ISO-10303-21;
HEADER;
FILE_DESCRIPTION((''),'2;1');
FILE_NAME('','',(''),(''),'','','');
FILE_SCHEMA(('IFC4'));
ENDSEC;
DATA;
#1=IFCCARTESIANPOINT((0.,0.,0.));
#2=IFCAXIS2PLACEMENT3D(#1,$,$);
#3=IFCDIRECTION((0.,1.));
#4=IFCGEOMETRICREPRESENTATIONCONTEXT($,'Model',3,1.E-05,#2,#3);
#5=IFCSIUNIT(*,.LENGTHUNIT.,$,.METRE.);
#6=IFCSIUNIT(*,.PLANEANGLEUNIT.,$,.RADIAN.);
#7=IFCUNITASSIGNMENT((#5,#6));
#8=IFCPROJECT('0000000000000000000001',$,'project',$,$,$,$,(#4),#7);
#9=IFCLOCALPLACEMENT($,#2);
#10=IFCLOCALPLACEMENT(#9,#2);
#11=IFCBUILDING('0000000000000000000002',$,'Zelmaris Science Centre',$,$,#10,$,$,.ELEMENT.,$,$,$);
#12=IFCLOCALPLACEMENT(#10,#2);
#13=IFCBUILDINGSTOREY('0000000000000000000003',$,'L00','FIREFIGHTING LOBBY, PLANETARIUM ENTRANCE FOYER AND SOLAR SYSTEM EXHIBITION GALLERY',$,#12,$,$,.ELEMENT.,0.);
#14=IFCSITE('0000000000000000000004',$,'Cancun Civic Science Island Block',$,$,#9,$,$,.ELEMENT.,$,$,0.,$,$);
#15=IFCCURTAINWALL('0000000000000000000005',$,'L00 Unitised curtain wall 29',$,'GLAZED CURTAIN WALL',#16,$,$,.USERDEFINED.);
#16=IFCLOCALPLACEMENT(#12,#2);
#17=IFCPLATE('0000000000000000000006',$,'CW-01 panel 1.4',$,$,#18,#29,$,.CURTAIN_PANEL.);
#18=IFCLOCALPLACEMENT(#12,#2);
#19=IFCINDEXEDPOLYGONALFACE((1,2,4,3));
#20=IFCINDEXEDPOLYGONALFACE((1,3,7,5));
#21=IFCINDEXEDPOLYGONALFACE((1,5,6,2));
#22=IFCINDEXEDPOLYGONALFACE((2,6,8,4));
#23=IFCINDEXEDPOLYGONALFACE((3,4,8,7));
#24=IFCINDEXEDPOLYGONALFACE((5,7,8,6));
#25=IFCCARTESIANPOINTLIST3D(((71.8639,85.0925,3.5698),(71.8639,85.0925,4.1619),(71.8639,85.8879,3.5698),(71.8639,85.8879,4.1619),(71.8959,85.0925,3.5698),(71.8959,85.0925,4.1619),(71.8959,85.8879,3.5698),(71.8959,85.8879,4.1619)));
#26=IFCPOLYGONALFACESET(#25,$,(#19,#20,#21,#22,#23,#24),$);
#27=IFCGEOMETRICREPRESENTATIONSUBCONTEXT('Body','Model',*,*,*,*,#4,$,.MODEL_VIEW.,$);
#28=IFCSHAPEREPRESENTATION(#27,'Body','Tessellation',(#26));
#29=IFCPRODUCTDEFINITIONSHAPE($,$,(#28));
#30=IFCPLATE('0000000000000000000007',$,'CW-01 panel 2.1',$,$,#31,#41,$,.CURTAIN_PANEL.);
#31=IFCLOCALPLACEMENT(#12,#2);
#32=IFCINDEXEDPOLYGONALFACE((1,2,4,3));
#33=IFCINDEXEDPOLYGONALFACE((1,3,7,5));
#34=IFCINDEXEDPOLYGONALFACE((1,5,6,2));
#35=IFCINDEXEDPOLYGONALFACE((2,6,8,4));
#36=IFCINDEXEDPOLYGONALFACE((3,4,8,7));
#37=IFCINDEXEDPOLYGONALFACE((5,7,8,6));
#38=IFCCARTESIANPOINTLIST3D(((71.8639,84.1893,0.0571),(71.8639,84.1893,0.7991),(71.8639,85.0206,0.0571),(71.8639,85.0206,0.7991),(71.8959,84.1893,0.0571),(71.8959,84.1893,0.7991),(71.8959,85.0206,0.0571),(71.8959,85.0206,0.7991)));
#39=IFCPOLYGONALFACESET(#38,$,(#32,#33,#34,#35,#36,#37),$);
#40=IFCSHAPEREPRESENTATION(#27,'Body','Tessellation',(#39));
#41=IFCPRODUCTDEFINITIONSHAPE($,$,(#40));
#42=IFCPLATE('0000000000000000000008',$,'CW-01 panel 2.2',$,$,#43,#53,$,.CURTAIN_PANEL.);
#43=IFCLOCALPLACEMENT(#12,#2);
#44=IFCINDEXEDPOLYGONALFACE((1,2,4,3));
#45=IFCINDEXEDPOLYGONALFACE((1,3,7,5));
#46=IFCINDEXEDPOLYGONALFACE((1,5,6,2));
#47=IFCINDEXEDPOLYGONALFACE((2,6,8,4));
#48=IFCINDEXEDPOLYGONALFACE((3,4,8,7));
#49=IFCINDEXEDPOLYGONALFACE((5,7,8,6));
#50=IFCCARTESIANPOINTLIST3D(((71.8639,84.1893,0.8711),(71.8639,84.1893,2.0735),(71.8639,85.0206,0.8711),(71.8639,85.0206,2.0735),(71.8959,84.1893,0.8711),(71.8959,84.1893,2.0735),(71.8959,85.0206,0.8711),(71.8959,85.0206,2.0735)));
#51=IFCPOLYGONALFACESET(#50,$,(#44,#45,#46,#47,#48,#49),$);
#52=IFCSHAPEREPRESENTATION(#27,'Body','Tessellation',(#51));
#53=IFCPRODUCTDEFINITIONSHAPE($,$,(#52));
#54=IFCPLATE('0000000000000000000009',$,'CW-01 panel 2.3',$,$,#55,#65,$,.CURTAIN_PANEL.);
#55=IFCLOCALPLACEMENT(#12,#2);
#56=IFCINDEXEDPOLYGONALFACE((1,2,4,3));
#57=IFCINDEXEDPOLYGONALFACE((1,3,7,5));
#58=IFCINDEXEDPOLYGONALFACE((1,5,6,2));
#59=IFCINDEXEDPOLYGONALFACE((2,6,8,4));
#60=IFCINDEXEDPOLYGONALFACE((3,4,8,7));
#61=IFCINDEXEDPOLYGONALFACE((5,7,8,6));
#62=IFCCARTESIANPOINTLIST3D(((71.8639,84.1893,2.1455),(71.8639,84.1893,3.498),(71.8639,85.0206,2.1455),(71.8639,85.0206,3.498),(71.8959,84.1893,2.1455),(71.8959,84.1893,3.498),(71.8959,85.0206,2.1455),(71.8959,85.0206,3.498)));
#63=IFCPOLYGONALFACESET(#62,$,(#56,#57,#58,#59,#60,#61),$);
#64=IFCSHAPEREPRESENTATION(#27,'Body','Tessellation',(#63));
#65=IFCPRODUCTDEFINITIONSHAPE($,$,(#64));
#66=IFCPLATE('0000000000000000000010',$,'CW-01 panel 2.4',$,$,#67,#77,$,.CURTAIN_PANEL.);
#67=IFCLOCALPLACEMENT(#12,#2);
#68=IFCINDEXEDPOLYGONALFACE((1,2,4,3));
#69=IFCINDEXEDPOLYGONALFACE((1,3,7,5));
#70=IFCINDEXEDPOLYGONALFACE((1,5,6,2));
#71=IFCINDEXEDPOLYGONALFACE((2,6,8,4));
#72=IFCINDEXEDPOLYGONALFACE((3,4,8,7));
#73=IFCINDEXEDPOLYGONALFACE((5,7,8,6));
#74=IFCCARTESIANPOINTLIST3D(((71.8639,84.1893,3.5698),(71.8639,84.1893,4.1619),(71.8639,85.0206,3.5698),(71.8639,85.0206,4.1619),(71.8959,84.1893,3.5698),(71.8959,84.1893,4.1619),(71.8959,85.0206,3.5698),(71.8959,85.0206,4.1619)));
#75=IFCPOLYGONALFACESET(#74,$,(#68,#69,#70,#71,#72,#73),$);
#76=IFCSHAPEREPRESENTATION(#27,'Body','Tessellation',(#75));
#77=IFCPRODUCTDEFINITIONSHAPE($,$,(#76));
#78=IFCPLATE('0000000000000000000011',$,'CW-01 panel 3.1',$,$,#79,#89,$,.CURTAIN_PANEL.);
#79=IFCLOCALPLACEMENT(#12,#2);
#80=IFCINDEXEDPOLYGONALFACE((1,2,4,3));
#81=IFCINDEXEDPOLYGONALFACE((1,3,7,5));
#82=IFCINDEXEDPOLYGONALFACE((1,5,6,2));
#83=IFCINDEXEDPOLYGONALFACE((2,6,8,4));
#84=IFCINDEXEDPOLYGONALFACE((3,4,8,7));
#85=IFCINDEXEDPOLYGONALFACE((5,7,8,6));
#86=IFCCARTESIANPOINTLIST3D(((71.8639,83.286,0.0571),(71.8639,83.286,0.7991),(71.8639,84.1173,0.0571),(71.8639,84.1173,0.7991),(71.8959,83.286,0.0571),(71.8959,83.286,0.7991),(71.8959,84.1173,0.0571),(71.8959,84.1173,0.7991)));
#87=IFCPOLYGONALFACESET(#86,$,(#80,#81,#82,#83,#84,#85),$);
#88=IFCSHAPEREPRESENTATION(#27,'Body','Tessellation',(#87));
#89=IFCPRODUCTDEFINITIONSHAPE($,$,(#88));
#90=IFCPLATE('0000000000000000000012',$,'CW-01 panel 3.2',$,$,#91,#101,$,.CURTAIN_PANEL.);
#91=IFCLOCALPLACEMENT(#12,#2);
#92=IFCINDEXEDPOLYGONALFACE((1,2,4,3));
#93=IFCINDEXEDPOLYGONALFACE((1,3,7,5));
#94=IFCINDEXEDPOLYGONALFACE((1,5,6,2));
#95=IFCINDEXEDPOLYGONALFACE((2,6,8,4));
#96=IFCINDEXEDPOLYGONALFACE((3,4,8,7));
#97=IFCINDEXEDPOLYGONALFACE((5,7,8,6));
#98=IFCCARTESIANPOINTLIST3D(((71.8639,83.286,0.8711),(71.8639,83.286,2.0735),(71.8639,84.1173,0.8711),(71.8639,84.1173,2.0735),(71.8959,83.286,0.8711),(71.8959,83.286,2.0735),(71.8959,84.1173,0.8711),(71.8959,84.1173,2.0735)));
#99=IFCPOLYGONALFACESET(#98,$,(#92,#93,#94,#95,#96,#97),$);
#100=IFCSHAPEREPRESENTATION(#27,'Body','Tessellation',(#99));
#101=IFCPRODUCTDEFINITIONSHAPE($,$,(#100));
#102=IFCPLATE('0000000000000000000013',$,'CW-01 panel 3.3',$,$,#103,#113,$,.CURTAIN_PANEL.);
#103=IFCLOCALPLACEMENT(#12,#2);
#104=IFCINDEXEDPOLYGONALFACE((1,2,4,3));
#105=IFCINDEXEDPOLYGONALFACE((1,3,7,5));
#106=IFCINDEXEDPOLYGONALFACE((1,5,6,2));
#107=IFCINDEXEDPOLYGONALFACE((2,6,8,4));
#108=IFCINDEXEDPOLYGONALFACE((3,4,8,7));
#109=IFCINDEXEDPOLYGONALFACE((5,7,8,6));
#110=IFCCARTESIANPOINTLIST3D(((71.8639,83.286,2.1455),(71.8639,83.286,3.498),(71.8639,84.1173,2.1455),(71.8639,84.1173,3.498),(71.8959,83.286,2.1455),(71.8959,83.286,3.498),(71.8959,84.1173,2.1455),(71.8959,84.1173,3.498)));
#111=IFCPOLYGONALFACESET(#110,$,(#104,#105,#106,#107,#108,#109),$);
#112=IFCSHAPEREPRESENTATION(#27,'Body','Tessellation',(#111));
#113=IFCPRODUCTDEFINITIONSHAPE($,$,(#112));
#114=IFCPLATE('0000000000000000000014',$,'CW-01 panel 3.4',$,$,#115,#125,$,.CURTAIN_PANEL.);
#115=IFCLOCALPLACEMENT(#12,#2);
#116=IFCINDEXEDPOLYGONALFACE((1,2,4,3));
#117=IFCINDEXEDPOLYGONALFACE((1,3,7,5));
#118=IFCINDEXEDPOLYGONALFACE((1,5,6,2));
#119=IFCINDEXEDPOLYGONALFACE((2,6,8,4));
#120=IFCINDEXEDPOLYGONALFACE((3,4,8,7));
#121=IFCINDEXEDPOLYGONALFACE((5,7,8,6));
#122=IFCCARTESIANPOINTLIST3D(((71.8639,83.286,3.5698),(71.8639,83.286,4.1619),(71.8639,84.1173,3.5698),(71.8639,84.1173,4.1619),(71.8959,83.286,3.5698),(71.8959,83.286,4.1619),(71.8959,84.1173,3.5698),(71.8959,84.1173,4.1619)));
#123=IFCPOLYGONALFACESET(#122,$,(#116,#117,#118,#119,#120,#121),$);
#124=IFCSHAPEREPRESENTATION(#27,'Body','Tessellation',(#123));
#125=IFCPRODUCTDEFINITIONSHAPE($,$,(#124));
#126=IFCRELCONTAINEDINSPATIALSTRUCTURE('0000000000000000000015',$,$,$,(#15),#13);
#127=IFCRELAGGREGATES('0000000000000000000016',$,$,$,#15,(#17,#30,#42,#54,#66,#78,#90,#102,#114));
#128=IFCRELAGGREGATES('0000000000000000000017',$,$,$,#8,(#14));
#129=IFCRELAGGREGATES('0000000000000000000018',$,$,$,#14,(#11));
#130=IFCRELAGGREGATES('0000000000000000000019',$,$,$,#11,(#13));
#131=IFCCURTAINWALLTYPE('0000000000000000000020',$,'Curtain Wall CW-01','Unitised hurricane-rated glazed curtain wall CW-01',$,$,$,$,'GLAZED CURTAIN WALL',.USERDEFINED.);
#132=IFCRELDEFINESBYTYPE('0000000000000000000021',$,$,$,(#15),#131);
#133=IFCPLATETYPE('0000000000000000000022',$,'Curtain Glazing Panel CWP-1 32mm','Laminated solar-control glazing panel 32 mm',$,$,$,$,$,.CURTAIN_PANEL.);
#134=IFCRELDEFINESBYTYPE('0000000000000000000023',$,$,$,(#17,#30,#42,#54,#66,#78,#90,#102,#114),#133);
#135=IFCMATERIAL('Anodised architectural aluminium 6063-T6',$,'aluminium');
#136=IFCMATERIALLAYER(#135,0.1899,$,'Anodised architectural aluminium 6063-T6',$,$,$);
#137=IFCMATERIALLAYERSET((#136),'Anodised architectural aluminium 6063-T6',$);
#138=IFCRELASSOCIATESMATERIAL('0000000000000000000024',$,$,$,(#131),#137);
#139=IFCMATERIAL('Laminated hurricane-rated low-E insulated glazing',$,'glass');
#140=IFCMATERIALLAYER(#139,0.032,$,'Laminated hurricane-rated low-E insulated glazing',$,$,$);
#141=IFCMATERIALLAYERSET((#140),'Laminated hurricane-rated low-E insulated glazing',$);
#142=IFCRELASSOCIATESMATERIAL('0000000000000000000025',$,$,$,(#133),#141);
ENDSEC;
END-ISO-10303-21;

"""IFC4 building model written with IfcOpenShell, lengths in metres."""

from ifc_helpers import new_model, si_unit, direction, frame, origin, origin_2d, place, context, subcontext, project, spatial, rectangle, extrude, material, layer, layer_set, type_object, element, aggregate, save


model = new_model("IFC4")

# Units and contexts
model_context = context("Model", 3, precision=1e-05, world=origin(), true_north=direction((0.0, 1.0)))
body_context = subcontext(model_context, "Body", "Model", "MODEL_VIEW")
ifc_project = project(units=[si_unit("LENGTHUNIT", "METRE"), si_unit("PLANEANGLEUNIT", "RADIAN")], contexts=[model_context])

# Site, building, storey
site_placement = place(None, origin())
site = spatial("IfcSite", under=ifc_project, at=site_placement, Name="Cancun Civic Science Island Block", CompositionType="ELEMENT", RefElevation=0.0)
building_placement = place(site_placement, origin())
building = spatial("IfcBuilding", under=site, at=building_placement, Name="Zelmaris Science Centre", CompositionType="ELEMENT")
storey_placement = place(building_placement, origin())
storey = spatial("IfcBuildingStorey", under=building, at=storey_placement, Name="L00", Description="FIREFIGHTING LOBBY, PLANETARIUM ENTRANCE FOYER AND SOLAR SYSTEM EXHIBITION GALLERY", CompositionType="ELEMENT", Elevation=0.0)

# Curtain wall
ifc_material_1 = material(Name="Anodised architectural aluminium 6063-T6", Category="aluminium")
ifc_layer_1 = layer(ifc_material_1, 0.1899, Name="Anodised architectural aluminium 6063-T6")
ifc_layer_set_1 = layer_set([ifc_layer_1], Name="Anodised architectural aluminium 6063-T6")
curtain_wall_type = type_object("IfcCurtainWallType", Name="Curtain Wall CW-01", Description="Unitised hurricane-rated glazed curtain wall CW-01", ElementType="GLAZED CURTAIN WALL", PredefinedType="USERDEFINED", material=ifc_layer_set_1)
curtain_wall_placement = place(storey_placement, origin())
curtain_wall = element("IfcCurtainWall", 1, at=curtain_wall_placement, inside=storey, type_object=curtain_wall_type, Name="L00 Unitised curtain wall 29", ObjectType="GLAZED CURTAIN WALL", PredefinedType="USERDEFINED")

# Plates
ifc_material_2 = material(Name="Laminated hurricane-rated low-E insulated glazing", Category="glass")
ifc_layer_2 = layer(ifc_material_2, 0.032, Name="Laminated hurricane-rated low-E insulated glazing")
ifc_layer_set_2 = layer_set([ifc_layer_2], Name="Laminated hurricane-rated low-E insulated glazing")
plate_type = type_object("IfcPlateType", Name="Curtain Glazing Panel CWP-1 32mm", Description="Laminated solar-control glazing panel 32 mm", PredefinedType="CURTAIN_PANEL", material=ifc_layer_set_2)
plate_1_placement = place(storey_placement, frame((71.8799, 85.4902, 3.5698), z_axis=(0.0, 0.0, 1.0), x_axis=(0.0, -1.0, 0.0)))
plate_1 = element("IfcPlate", 2, at=plate_1_placement, type_object=plate_type, Name="CW-01 panel 1.4", PredefinedType="CURTAIN_PANEL", context=body_context, shape_type="SweptSolid", body=[
    extrude(rectangle(XDim=0.7954, YDim=0.032, at=origin_2d()), origin(), (0.0, 0.0, 1.0), 0.592),
])
plate_2_placement = place(storey_placement, frame((71.8799, 84.605, 0.0571), z_axis=(0.0, 0.0, 1.0), x_axis=(0.0, -1.0, 0.0)))
plate_2 = element("IfcPlate", 3, at=plate_2_placement, type_object=plate_type, Name="CW-01 panel 2.1", PredefinedType="CURTAIN_PANEL", context=body_context, shape_type="SweptSolid", body=[
    extrude(rectangle(XDim=0.8313, YDim=0.032, at=origin_2d()), origin(), (0.0, 0.0, 1.0), 0.7419),
])
plate_3_placement = place(storey_placement, frame((71.8799, 84.605, 0.8711), z_axis=(0.0, 0.0, 1.0), x_axis=(0.0, -1.0, 0.0)))
plate_3 = element("IfcPlate", 4, at=plate_3_placement, type_object=plate_type, Name="CW-01 panel 2.2", PredefinedType="CURTAIN_PANEL", context=body_context, shape_type="SweptSolid", body=[
    extrude(rectangle(XDim=0.8313, YDim=0.032, at=origin_2d()), origin(), (0.0, 0.0, 1.0), 1.2024),
])
plate_4_placement = place(storey_placement, frame((71.8799, 84.605, 2.1455), z_axis=(0.0, 0.0, 1.0), x_axis=(0.0, -1.0, 0.0)))
plate_4 = element("IfcPlate", 5, at=plate_4_placement, type_object=plate_type, Name="CW-01 panel 2.3", PredefinedType="CURTAIN_PANEL", context=body_context, shape_type="SweptSolid", body=[
    extrude(rectangle(XDim=0.8313, YDim=0.032, at=origin_2d()), origin(), (0.0, 0.0, 1.0), 1.3525),
])
plate_5_placement = place(storey_placement, frame((71.8799, 84.605, 3.5698), z_axis=(0.0, 0.0, 1.0), x_axis=(0.0, -1.0, 0.0)))
plate_5 = element("IfcPlate", 6, at=plate_5_placement, type_object=plate_type, Name="CW-01 panel 2.4", PredefinedType="CURTAIN_PANEL", context=body_context, shape_type="SweptSolid", body=[
    extrude(rectangle(XDim=0.8313, YDim=0.032, at=origin_2d()), origin(), (0.0, 0.0, 1.0), 0.592),
])
plate_6_placement = place(storey_placement, frame((71.8799, 83.7017, 0.0571), z_axis=(0.0, 0.0, 1.0), x_axis=(0.0, -1.0, 0.0)))
plate_6 = element("IfcPlate", 7, at=plate_6_placement, type_object=plate_type, Name="CW-01 panel 3.1", PredefinedType="CURTAIN_PANEL", context=body_context, shape_type="SweptSolid", body=[
    extrude(rectangle(XDim=0.8313, YDim=0.032, at=origin_2d()), origin(), (0.0, 0.0, 1.0), 0.7419),
])
plate_7_placement = place(storey_placement, frame((71.8799, 83.7017, 0.8711), z_axis=(0.0, 0.0, 1.0), x_axis=(0.0, -1.0, 0.0)))
plate_7 = element("IfcPlate", 8, at=plate_7_placement, type_object=plate_type, Name="CW-01 panel 3.2", PredefinedType="CURTAIN_PANEL", context=body_context, shape_type="SweptSolid", body=[
    extrude(rectangle(XDim=0.8313, YDim=0.032, at=origin_2d()), origin(), (0.0, 0.0, 1.0), 1.2024),
])
plate_8_placement = place(storey_placement, frame((71.8799, 83.7017, 2.1455), z_axis=(0.0, 0.0, 1.0), x_axis=(0.0, -1.0, 0.0)))
plate_8 = element("IfcPlate", 9, at=plate_8_placement, type_object=plate_type, Name="CW-01 panel 3.3", PredefinedType="CURTAIN_PANEL", context=body_context, shape_type="SweptSolid", body=[
    extrude(rectangle(XDim=0.8313, YDim=0.032, at=origin_2d()), origin(), (0.0, 0.0, 1.0), 1.3525),
])
plate_9_placement = place(storey_placement, frame((71.8799, 83.7017, 3.5698), z_axis=(0.0, 0.0, 1.0), x_axis=(0.0, -1.0, 0.0)))
plate_9 = element("IfcPlate", 10, at=plate_9_placement, type_object=plate_type, Name="CW-01 panel 3.4", PredefinedType="CURTAIN_PANEL", context=body_context, shape_type="SweptSolid", body=[
    extrude(rectangle(XDim=0.8313, YDim=0.032, at=origin_2d()), origin(), (0.0, 0.0, 1.0), 0.592),
])
aggregate(curtain_wall, [plate_1, plate_2, plate_3, plate_4, plate_5, plate_6, plate_7, plate_8, plate_9])

save(model, "model.ifc")
